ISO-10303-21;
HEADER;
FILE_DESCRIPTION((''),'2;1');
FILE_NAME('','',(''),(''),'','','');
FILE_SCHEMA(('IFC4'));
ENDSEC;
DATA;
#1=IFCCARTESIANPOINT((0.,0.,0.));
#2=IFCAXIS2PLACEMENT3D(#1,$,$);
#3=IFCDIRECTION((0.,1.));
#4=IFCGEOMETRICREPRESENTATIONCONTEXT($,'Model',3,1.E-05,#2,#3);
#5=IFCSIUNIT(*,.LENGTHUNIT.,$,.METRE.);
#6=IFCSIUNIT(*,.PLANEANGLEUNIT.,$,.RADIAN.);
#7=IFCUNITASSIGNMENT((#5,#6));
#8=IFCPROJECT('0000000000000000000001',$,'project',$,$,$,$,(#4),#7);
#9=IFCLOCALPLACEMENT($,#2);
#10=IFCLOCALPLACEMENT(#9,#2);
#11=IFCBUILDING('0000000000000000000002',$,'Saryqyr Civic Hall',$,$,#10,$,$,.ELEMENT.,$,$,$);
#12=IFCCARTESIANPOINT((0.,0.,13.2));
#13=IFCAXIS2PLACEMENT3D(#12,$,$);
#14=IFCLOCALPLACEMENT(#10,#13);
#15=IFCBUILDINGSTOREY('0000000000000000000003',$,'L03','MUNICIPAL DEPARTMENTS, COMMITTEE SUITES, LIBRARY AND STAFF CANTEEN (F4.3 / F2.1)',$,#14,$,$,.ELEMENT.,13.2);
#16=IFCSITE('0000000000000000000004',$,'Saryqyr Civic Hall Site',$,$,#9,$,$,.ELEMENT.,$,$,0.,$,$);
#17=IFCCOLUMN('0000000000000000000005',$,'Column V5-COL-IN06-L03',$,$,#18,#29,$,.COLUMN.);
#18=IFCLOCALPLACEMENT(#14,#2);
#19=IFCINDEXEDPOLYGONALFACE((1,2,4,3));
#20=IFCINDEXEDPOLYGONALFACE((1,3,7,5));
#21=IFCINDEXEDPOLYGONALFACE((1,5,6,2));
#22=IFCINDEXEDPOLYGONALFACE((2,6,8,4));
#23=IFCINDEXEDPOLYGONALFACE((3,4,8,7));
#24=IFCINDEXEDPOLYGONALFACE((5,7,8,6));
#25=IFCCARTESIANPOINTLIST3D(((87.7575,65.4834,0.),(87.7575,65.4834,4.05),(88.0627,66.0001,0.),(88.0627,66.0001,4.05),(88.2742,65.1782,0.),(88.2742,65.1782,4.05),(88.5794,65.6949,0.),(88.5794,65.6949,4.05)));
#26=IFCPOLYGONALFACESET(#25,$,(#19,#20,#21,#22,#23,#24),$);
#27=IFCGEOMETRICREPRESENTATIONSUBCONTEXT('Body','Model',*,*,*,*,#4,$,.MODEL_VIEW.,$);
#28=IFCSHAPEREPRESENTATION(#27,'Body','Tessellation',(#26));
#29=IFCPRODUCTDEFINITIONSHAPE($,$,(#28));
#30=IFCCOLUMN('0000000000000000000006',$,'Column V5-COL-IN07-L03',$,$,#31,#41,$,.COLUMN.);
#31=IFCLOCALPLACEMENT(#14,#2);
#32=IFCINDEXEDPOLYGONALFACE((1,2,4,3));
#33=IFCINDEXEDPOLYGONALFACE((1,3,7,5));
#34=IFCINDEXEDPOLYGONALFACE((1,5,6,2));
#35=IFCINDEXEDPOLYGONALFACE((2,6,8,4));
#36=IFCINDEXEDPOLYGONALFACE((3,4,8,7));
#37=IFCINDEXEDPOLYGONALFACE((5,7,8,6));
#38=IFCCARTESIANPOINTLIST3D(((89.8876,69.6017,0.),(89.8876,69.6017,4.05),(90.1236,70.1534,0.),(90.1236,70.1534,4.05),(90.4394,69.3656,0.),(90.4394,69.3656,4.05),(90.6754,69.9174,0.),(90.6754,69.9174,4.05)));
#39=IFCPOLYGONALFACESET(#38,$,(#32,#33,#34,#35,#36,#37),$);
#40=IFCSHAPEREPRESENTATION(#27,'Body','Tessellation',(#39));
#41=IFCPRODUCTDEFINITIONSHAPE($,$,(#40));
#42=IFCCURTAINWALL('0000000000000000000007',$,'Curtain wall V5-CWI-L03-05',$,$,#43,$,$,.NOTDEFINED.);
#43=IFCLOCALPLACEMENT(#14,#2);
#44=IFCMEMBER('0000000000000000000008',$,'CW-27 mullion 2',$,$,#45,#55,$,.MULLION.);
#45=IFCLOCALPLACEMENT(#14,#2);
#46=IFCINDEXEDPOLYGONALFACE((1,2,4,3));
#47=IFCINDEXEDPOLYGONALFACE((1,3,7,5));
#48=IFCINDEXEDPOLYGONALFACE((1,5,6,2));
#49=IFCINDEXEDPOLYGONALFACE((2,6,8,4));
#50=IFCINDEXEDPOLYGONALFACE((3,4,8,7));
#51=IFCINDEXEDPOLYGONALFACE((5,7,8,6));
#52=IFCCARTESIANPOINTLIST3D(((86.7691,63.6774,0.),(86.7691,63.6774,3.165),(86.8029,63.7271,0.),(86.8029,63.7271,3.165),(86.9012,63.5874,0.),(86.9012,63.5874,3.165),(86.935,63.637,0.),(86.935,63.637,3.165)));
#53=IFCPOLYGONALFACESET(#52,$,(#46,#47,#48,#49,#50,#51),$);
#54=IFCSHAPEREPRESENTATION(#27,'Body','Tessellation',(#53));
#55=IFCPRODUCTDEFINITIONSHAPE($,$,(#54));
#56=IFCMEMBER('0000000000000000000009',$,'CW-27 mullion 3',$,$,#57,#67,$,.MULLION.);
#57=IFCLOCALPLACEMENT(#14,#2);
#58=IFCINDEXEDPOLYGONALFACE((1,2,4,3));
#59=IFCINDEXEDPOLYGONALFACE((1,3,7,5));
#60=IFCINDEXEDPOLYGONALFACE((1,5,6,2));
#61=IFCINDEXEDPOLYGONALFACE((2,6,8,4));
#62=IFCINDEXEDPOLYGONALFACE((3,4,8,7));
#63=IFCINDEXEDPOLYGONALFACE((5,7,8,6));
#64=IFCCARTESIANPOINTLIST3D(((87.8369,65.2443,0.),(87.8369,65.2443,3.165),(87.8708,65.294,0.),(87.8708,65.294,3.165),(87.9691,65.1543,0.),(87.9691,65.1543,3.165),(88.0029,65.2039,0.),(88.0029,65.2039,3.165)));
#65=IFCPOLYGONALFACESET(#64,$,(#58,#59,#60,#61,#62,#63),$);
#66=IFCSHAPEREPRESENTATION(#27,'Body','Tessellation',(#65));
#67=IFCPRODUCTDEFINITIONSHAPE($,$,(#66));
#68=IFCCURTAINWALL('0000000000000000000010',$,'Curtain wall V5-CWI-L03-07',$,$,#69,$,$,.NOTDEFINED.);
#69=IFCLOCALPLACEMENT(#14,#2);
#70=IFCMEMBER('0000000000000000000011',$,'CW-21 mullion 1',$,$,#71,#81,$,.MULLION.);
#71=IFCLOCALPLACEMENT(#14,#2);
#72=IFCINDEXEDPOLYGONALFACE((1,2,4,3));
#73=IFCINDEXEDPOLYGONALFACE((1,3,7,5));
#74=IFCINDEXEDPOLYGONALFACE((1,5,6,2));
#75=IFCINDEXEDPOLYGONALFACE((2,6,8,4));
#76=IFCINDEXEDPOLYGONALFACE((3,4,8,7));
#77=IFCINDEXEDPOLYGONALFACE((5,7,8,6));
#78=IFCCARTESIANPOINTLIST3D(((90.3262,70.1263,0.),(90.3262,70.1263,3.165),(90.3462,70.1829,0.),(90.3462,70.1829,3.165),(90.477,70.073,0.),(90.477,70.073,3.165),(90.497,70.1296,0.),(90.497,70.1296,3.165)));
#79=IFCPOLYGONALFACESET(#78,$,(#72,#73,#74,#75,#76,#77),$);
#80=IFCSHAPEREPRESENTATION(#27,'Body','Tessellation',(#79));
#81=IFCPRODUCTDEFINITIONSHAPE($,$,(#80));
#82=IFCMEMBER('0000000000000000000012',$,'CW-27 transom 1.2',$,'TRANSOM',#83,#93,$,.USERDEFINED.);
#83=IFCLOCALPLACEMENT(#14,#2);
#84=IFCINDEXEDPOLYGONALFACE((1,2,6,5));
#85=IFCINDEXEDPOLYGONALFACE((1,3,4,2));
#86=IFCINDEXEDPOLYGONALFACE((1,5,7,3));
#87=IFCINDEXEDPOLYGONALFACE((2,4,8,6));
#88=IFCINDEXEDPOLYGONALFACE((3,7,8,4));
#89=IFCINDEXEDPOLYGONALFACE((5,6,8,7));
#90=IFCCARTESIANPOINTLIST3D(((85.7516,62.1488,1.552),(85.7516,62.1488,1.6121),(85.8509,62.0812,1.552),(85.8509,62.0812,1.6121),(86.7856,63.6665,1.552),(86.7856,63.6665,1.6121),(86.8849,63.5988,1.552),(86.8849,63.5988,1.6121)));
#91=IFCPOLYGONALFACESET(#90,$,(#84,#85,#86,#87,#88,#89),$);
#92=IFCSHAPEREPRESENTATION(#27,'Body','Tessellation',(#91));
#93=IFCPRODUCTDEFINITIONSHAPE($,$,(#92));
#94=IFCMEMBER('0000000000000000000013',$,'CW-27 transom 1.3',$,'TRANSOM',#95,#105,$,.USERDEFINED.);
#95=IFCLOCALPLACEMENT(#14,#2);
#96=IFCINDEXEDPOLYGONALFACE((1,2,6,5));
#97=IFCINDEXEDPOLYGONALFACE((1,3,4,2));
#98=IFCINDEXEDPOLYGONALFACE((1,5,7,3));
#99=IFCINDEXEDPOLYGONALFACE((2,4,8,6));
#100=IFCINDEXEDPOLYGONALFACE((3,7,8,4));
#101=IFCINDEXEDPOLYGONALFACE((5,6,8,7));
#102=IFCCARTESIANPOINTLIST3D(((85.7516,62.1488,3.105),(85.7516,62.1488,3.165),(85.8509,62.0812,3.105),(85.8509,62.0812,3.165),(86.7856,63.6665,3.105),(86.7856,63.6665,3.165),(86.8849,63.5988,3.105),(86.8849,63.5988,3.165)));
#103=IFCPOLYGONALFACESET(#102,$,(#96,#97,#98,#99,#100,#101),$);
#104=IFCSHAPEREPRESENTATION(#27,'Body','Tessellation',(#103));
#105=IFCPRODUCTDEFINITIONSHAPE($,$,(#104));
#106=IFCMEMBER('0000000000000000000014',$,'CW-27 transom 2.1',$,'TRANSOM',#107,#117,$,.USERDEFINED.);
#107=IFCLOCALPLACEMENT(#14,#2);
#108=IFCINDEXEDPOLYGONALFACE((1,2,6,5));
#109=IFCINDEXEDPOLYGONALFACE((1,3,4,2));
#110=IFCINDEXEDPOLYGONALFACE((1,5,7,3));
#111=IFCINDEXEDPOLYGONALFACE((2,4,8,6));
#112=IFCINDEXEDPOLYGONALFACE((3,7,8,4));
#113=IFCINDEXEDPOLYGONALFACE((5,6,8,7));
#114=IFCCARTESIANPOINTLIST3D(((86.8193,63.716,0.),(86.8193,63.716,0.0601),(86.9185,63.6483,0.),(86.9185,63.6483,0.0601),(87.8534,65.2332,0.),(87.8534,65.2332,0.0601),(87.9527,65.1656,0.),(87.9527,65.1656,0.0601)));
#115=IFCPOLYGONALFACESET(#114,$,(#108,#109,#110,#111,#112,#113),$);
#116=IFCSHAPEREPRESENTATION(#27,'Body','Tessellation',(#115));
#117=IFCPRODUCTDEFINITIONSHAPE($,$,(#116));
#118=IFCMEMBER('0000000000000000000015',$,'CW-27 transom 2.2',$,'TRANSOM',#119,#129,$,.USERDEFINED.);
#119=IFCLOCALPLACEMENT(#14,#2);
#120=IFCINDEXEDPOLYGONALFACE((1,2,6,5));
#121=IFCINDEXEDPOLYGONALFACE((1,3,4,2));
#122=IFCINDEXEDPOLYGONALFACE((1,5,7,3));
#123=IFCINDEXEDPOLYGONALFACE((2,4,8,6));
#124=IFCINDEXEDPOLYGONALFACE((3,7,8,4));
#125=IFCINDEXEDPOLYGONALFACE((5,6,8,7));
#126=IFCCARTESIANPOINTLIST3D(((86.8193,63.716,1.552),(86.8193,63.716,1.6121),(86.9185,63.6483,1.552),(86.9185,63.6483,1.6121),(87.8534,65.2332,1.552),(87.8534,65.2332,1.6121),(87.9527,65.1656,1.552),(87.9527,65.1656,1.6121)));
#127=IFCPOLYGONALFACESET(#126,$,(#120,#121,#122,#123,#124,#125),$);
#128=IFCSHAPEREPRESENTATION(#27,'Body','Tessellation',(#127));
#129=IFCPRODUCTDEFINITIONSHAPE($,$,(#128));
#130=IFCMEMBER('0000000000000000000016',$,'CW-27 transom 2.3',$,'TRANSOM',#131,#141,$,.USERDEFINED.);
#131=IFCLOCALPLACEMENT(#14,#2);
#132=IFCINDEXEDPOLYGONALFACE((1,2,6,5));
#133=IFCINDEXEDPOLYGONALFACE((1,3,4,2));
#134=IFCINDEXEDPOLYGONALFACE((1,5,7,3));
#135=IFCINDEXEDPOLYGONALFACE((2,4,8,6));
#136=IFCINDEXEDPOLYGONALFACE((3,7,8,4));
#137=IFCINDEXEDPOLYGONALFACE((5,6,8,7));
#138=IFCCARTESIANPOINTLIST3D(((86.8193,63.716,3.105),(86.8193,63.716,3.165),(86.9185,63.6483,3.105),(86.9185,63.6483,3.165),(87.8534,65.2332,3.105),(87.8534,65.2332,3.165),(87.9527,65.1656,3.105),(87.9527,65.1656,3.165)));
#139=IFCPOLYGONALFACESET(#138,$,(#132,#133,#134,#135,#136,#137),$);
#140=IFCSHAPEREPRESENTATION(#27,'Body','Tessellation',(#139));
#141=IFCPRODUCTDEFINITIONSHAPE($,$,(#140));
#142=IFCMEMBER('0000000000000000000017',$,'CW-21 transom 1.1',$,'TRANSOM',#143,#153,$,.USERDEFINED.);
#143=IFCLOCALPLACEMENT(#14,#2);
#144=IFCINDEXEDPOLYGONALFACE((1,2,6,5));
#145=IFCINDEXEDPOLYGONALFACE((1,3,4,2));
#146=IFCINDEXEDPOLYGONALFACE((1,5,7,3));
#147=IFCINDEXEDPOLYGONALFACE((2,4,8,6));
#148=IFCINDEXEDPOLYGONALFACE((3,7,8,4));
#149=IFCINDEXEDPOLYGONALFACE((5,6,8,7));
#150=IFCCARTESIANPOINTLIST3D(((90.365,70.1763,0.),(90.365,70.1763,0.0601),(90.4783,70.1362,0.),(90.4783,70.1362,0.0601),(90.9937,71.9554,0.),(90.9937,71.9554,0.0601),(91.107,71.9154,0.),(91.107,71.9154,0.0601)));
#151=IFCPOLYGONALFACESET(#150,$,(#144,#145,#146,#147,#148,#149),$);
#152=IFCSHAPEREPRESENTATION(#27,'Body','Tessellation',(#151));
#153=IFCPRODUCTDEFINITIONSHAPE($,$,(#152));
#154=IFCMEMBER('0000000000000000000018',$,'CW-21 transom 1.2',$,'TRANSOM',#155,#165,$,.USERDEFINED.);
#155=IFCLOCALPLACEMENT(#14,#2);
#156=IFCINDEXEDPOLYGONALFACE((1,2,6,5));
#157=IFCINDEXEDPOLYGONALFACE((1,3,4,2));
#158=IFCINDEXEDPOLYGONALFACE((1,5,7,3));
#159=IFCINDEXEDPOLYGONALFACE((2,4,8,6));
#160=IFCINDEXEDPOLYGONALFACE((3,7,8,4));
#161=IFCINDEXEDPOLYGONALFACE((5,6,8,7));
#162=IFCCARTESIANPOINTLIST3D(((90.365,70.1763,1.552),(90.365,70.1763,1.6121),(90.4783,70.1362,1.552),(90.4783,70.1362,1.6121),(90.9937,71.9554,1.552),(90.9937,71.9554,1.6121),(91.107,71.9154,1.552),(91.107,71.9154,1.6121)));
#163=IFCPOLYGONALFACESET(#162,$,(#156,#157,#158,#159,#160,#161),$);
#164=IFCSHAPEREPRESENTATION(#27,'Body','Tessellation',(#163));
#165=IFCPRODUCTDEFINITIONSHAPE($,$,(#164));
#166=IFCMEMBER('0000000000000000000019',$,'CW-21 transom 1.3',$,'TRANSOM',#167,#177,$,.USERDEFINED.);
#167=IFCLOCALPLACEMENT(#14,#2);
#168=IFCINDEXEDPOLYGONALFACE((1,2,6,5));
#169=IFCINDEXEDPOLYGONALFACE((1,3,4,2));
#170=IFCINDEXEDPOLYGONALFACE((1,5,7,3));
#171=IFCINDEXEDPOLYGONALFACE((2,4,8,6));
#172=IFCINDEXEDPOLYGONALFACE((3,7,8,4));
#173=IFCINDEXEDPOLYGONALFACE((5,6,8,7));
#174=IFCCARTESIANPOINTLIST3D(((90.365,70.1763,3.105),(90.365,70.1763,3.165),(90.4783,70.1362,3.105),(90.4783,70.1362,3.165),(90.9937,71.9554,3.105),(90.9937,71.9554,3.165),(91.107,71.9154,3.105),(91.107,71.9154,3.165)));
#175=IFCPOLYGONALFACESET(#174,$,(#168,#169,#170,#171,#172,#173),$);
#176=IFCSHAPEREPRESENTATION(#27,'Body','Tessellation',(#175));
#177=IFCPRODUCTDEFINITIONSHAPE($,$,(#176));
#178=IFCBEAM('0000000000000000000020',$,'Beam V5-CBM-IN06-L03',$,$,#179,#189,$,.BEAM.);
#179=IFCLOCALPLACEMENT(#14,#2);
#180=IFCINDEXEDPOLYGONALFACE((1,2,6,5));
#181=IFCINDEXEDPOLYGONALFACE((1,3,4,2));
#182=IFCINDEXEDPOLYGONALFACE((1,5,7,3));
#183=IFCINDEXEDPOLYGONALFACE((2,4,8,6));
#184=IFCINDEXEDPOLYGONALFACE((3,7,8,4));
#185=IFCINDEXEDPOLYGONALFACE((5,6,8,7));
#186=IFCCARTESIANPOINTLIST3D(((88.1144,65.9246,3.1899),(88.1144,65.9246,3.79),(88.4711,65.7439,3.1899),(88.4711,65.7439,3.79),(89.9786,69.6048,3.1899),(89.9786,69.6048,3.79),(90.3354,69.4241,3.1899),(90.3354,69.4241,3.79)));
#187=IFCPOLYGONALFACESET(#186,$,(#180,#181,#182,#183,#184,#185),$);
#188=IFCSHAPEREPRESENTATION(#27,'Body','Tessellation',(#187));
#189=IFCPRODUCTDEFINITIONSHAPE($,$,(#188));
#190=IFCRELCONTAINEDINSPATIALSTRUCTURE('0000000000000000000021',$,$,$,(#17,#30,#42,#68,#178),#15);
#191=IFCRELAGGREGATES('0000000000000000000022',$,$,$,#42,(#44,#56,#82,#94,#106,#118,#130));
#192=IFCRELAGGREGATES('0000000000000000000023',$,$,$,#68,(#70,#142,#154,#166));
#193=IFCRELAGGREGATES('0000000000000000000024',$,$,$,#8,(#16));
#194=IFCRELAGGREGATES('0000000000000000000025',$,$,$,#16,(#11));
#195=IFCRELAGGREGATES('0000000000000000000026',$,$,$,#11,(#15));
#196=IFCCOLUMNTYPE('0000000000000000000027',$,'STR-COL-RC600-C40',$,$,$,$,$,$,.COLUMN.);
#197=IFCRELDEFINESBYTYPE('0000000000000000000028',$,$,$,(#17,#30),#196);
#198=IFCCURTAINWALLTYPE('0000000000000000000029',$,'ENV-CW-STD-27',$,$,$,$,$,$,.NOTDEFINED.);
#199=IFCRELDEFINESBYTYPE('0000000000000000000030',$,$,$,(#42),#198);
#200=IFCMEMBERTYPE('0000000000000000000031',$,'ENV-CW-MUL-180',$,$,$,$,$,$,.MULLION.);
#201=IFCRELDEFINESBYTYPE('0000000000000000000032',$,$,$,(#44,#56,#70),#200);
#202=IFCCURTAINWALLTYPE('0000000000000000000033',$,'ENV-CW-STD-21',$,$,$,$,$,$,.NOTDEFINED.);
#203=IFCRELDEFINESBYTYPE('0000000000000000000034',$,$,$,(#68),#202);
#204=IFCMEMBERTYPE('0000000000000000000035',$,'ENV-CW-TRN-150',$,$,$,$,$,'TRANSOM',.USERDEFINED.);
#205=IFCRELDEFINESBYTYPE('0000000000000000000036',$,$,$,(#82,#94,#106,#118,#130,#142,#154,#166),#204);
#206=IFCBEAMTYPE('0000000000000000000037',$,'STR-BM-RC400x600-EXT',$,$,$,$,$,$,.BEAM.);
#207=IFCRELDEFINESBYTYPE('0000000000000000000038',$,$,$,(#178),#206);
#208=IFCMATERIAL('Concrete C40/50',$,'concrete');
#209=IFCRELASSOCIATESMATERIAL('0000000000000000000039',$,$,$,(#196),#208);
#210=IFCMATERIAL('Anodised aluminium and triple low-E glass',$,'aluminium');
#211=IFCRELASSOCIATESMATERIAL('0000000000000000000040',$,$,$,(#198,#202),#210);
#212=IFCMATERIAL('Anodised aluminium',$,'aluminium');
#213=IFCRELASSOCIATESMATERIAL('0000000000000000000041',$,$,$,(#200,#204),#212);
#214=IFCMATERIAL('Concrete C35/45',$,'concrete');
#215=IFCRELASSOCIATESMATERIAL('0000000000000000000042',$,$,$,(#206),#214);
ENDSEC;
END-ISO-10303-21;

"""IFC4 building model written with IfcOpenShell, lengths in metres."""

from ifc_helpers import new_model, si_unit, direction, frame, origin, origin_2d, place, context, subcontext, project, spatial, rectangle, extrude, material, material_profile, profile_set, type_object, element, aggregate, save


model = new_model("IFC4")

# Units and contexts
model_context = context("Model", 3, precision=1e-05, world=origin(), true_north=direction((0.0, 1.0)))
body_context = subcontext(model_context, "Body", "Model", "MODEL_VIEW")
ifc_project = project(units=[si_unit("LENGTHUNIT", "METRE"), si_unit("PLANEANGLEUNIT", "RADIAN")], contexts=[model_context])

# Site, building, storey
site_placement = place(None, origin())
site = spatial("IfcSite", under=ifc_project, at=site_placement, Name="Saryqyr Civic Hall Site", CompositionType="ELEMENT", RefElevation=0.0)
building_placement = place(site_placement, origin())
building = spatial("IfcBuilding", under=site, at=building_placement, Name="Saryqyr Civic Hall", CompositionType="ELEMENT")
storey_placement = place(building_placement, frame((0.0, 0.0, 13.2)))
storey = spatial("IfcBuildingStorey", under=building, at=storey_placement, Name="L03", Description="MUNICIPAL DEPARTMENTS, COMMITTEE SUITES, LIBRARY AND STAFF CANTEEN (F4.3 / F2.1)", CompositionType="ELEMENT", Elevation=13.2)

# Columns
ifc_material_1 = material(Name="Concrete C40/50", Category="concrete")
ifc_material_profile_1 = material_profile(ifc_material_1, rectangle(XDim=0.6001, YDim=0.6001, at=origin_2d()), Name="RC 600x600")
ifc_profile_set_1 = profile_set([ifc_material_profile_1], Name="Concrete C40/50")
column_type = type_object("IfcColumnType", Name="STR-COL-RC600-C40", PredefinedType="COLUMN", material=ifc_profile_set_1)
for number, where, z_axis, x_axis, name in (
    (1, (88.1685, 65.5891, 0.0), (0.0, 0.0, 1.0), (0.861008, -0.508591, 0.0), "Column V5-COL-IN06-L03"),
    (2, (90.2815, 69.7595, 0.0), (0.0, 0.0, 1.0), (0.91941, -0.3933, 0.0), "Column V5-COL-IN07-L03"),
):
    element("IfcColumn", number, at=place(storey_placement, frame(where, z_axis=z_axis, x_axis=x_axis)), inside=storey, type_object=column_type, Name=name, PredefinedType="COLUMN", context=body_context, shape_type="SweptSolid", body=[
        extrude(rectangle(XDim=0.6001, YDim=0.6001, at=origin_2d()), origin(), (0.0, 0.0, 1.0), 4.05),
    ])

# Curtain wall, members
ifc_material_2 = material(Name="Anodised aluminium and triple low-E glass", Category="aluminium")
curtain_wall_type_1 = type_object("IfcCurtainWallType", Name="ENV-CW-STD-27", PredefinedType="NOTDEFINED", material=ifc_material_2)
curtain_wall_1_placement = place(storey_placement, origin())
curtain_wall_1 = element("IfcCurtainWall", 3, at=curtain_wall_1_placement, inside=storey, type_object=curtain_wall_type_1, Name="Curtain wall V5-CWI-L03-05", PredefinedType="NOTDEFINED")
ifc_material_3 = material(Name="Anodised aluminium", Category="aluminium")
ifc_material_profile_2 = material_profile(ifc_material_3, rectangle(XDim=0.0601, YDim=0.1599, at=origin_2d()), Name="ALU MULLION 60x160")
ifc_profile_set_2 = profile_set([ifc_material_profile_2], Name="Anodised aluminium")
member_type_1 = type_object("IfcMemberType", Name="ENV-CW-MUL-180", PredefinedType="MULLION", material=ifc_profile_set_2)
member_1_placement = place(storey_placement, frame((86.8521, 63.6572, 0.0), z_axis=(0.0, 0.0, 1.0), x_axis=(0.56313, 0.826368, 0.0)))
member_1 = element("IfcMember", 4, at=member_1_placement, type_object=member_type_1, Name="CW-27 mullion 2", PredefinedType="MULLION", context=body_context, shape_type="SweptSolid", body=[
    extrude(rectangle(XDim=0.0601, YDim=0.1599, at=origin_2d()), origin(), (0.0, 0.0, 1.0), 3.165),
])
member_2_placement = place(storey_placement, frame((87.9199, 65.2241, 0.0), z_axis=(0.0, 0.0, 1.0), x_axis=(0.56313, 0.826368, 0.0)))
member_2 = element("IfcMember", 5, at=member_2_placement, type_object=member_type_1, Name="CW-27 mullion 3", PredefinedType="MULLION", context=body_context, shape_type="SweptSolid", body=[
    extrude(rectangle(XDim=0.0601, YDim=0.1599, at=origin_2d()), origin(), (0.0, 0.0, 1.0), 3.165),
])

# Curtain wall, member
curtain_wall_type_2 = type_object("IfcCurtainWallType", Name="ENV-CW-STD-21", PredefinedType="NOTDEFINED", material=ifc_material_2)
curtain_wall_2_placement = place(storey_placement, origin())
curtain_wall_2 = element("IfcCurtainWall", 6, at=curtain_wall_2_placement, inside=storey, type_object=curtain_wall_type_2, Name="Curtain wall V5-CWI-L03-07", PredefinedType="NOTDEFINED")
member_3_placement = place(storey_placement, frame((90.4116, 70.1279, 0.0), z_axis=(0.0, 0.0, 1.0), x_axis=(0.333172, 0.942866, 0.0)))
member_3 = element("IfcMember", 7, at=member_3_placement, type_object=member_type_1, Name="CW-21 mullion 1", PredefinedType="MULLION", context=body_context, shape_type="SweptSolid", body=[
    extrude(rectangle(XDim=0.0601, YDim=0.1599, at=origin_2d()), origin(), (0.0, 0.0, 1.0), 3.165),
])

# Members
ifc_material_profile_3 = material_profile(ifc_material_3, rectangle(XDim=0.1201, YDim=0.0601, at=origin_2d()), Name="ALU TRANSOM 120x60")
ifc_profile_set_3 = profile_set([ifc_material_profile_3], Name="Anodised aluminium")
member_type_2 = type_object("IfcMemberType", Name="ENV-CW-TRN-150", ElementType="TRANSOM", PredefinedType="USERDEFINED", material=ifc_profile_set_3)
member_4_placement = place(storey_placement, frame((85.8013, 62.115, 1.582), z_axis=(0.563048, 0.826424, 0.0), x_axis=(-0.826424, 0.563048, 0.0)))
member_4 = element("IfcMember", 8, at=member_4_placement, type_object=member_type_2, Name="CW-27 transom 1.2", ObjectType="TRANSOM", PredefinedType="USERDEFINED", context=body_context, shape_type="SweptSolid", body=[
    extrude(rectangle(XDim=0.1201, YDim=0.0601, at=origin_2d()), origin(), (0.0, 0.0, 1.0), 1.8364),
])
member_5_placement = place(storey_placement, frame((85.8013, 62.115, 3.135), z_axis=(0.563048, 0.826424, 0.0), x_axis=(-0.826424, 0.563048, 0.0)))
member_5 = element("IfcMember", 9, at=member_5_placement, type_object=member_type_2, Name="CW-27 transom 1.3", ObjectType="TRANSOM", PredefinedType="USERDEFINED", context=body_context, shape_type="SweptSolid", body=[
    extrude(rectangle(XDim=0.1201, YDim=0.0601, at=origin_2d()), origin(), (0.0, 0.0, 1.0), 1.8364),
])
member_6_placement = place(storey_placement, frame((86.8689, 63.6821, 0.03), z_axis=(0.563201, 0.82632, 0.0), x_axis=(-0.82632, 0.563201, 0.0)))
member_6 = element("IfcMember", 10, at=member_6_placement, type_object=member_type_2, Name="CW-27 transom 2.1", ObjectType="TRANSOM", PredefinedType="USERDEFINED", context=body_context, shape_type="SweptSolid", body=[
    extrude(rectangle(XDim=0.1201, YDim=0.0601, at=origin_2d()), origin(), (0.0, 0.0, 1.0), 1.8362),
])
member_7_placement = place(storey_placement, frame((86.8689, 63.6821, 1.582), z_axis=(0.563201, 0.82632, 0.0), x_axis=(-0.82632, 0.563201, 0.0)))
member_7 = element("IfcMember", 11, at=member_7_placement, type_object=member_type_2, Name="CW-27 transom 2.2", ObjectType="TRANSOM", PredefinedType="USERDEFINED", context=body_context, shape_type="SweptSolid", body=[
    extrude(rectangle(XDim=0.1201, YDim=0.0601, at=origin_2d()), origin(), (0.0, 0.0, 1.0), 1.8362),
])
member_8_placement = place(storey_placement, frame((86.8689, 63.6821, 3.135), z_axis=(0.563201, 0.82632, 0.0), x_axis=(-0.82632, 0.563201, 0.0)))
member_8 = element("IfcMember", 12, at=member_8_placement, type_object=member_type_2, Name="CW-27 transom 2.3", ObjectType="TRANSOM", PredefinedType="USERDEFINED", context=body_context, shape_type="SweptSolid", body=[
    extrude(rectangle(XDim=0.1201, YDim=0.0601, at=origin_2d()), origin(), (0.0, 0.0, 1.0), 1.8362),
])
member_9_placement = place(storey_placement, frame((90.4216, 70.1562, 0.03), z_axis=(0.333179, 0.942864, 0.0), x_axis=(-0.942864, 0.333179, 0.0)))
member_9 = element("IfcMember", 13, at=member_9_placement, type_object=member_type_2, Name="CW-21 transom 1.1", ObjectType="TRANSOM", PredefinedType="USERDEFINED", context=body_context, shape_type="SweptSolid", body=[
    extrude(rectangle(XDim=0.1201, YDim=0.0601, at=origin_2d()), origin(), (0.0, 0.0, 1.0), 1.887),
])
member_10_placement = place(storey_placement, frame((90.4216, 70.1562, 1.582), z_axis=(0.333179, 0.942864, 0.0), x_axis=(-0.942864, 0.333179, 0.0)))
member_10 = element("IfcMember", 14, at=member_10_placement, type_object=member_type_2, Name="CW-21 transom 1.2", ObjectType="TRANSOM", PredefinedType="USERDEFINED", context=body_context, shape_type="SweptSolid", body=[
    extrude(rectangle(XDim=0.1201, YDim=0.0601, at=origin_2d()), origin(), (0.0, 0.0, 1.0), 1.887),
])
member_11_placement = place(storey_placement, frame((90.4216, 70.1562, 3.135), z_axis=(0.333179, 0.942864, 0.0), x_axis=(-0.942864, 0.333179, 0.0)))
member_11 = element("IfcMember", 15, at=member_11_placement, type_object=member_type_2, Name="CW-21 transom 1.3", ObjectType="TRANSOM", PredefinedType="USERDEFINED", context=body_context, shape_type="SweptSolid", body=[
    extrude(rectangle(XDim=0.1201, YDim=0.0601, at=origin_2d()), origin(), (0.0, 0.0, 1.0), 1.887),
])

# Beam
ifc_material_4 = material(Name="Concrete C35/45", Category="concrete")
ifc_material_profile_4 = material_profile(ifc_material_4, rectangle(XDim=0.3999, YDim=0.6001, at=origin_2d()), Name="RC 400x600")
ifc_profile_set_4 = profile_set([ifc_material_profile_4], Name="Concrete C35/45")
beam_type_1 = type_object("IfcBeamType", Name="STR-BM-RC400x600-EXT", PredefinedType="BEAM", material=ifc_profile_set_4)
for number, where, z_axis, x_axis, name in (
    (16, (88.2927, 65.8342, 3.49), (0.451894, 0.892071, 0.0), (-0.892071, 0.451894, 0.0), "Beam V5-CBM-IN06-L03"),
):
    element("IfcBeam", number, at=place(storey_placement, frame(where, z_axis=z_axis, x_axis=x_axis)), inside=storey, type_object=beam_type_1, Name=name, PredefinedType="BEAM", context=body_context, shape_type="SweptSolid", body=[
        extrude(rectangle(XDim=0.3999, YDim=0.6001, at=origin_2d()), origin(), (0.0, 0.0, 1.0), 4.1255),
    ])

aggregate(curtain_wall_1, [member_1, member_2, member_4, member_5, member_6, member_7, member_8])
aggregate(curtain_wall_2, [member_3, member_9, member_10, member_11])

save(model, "model.ifc")
